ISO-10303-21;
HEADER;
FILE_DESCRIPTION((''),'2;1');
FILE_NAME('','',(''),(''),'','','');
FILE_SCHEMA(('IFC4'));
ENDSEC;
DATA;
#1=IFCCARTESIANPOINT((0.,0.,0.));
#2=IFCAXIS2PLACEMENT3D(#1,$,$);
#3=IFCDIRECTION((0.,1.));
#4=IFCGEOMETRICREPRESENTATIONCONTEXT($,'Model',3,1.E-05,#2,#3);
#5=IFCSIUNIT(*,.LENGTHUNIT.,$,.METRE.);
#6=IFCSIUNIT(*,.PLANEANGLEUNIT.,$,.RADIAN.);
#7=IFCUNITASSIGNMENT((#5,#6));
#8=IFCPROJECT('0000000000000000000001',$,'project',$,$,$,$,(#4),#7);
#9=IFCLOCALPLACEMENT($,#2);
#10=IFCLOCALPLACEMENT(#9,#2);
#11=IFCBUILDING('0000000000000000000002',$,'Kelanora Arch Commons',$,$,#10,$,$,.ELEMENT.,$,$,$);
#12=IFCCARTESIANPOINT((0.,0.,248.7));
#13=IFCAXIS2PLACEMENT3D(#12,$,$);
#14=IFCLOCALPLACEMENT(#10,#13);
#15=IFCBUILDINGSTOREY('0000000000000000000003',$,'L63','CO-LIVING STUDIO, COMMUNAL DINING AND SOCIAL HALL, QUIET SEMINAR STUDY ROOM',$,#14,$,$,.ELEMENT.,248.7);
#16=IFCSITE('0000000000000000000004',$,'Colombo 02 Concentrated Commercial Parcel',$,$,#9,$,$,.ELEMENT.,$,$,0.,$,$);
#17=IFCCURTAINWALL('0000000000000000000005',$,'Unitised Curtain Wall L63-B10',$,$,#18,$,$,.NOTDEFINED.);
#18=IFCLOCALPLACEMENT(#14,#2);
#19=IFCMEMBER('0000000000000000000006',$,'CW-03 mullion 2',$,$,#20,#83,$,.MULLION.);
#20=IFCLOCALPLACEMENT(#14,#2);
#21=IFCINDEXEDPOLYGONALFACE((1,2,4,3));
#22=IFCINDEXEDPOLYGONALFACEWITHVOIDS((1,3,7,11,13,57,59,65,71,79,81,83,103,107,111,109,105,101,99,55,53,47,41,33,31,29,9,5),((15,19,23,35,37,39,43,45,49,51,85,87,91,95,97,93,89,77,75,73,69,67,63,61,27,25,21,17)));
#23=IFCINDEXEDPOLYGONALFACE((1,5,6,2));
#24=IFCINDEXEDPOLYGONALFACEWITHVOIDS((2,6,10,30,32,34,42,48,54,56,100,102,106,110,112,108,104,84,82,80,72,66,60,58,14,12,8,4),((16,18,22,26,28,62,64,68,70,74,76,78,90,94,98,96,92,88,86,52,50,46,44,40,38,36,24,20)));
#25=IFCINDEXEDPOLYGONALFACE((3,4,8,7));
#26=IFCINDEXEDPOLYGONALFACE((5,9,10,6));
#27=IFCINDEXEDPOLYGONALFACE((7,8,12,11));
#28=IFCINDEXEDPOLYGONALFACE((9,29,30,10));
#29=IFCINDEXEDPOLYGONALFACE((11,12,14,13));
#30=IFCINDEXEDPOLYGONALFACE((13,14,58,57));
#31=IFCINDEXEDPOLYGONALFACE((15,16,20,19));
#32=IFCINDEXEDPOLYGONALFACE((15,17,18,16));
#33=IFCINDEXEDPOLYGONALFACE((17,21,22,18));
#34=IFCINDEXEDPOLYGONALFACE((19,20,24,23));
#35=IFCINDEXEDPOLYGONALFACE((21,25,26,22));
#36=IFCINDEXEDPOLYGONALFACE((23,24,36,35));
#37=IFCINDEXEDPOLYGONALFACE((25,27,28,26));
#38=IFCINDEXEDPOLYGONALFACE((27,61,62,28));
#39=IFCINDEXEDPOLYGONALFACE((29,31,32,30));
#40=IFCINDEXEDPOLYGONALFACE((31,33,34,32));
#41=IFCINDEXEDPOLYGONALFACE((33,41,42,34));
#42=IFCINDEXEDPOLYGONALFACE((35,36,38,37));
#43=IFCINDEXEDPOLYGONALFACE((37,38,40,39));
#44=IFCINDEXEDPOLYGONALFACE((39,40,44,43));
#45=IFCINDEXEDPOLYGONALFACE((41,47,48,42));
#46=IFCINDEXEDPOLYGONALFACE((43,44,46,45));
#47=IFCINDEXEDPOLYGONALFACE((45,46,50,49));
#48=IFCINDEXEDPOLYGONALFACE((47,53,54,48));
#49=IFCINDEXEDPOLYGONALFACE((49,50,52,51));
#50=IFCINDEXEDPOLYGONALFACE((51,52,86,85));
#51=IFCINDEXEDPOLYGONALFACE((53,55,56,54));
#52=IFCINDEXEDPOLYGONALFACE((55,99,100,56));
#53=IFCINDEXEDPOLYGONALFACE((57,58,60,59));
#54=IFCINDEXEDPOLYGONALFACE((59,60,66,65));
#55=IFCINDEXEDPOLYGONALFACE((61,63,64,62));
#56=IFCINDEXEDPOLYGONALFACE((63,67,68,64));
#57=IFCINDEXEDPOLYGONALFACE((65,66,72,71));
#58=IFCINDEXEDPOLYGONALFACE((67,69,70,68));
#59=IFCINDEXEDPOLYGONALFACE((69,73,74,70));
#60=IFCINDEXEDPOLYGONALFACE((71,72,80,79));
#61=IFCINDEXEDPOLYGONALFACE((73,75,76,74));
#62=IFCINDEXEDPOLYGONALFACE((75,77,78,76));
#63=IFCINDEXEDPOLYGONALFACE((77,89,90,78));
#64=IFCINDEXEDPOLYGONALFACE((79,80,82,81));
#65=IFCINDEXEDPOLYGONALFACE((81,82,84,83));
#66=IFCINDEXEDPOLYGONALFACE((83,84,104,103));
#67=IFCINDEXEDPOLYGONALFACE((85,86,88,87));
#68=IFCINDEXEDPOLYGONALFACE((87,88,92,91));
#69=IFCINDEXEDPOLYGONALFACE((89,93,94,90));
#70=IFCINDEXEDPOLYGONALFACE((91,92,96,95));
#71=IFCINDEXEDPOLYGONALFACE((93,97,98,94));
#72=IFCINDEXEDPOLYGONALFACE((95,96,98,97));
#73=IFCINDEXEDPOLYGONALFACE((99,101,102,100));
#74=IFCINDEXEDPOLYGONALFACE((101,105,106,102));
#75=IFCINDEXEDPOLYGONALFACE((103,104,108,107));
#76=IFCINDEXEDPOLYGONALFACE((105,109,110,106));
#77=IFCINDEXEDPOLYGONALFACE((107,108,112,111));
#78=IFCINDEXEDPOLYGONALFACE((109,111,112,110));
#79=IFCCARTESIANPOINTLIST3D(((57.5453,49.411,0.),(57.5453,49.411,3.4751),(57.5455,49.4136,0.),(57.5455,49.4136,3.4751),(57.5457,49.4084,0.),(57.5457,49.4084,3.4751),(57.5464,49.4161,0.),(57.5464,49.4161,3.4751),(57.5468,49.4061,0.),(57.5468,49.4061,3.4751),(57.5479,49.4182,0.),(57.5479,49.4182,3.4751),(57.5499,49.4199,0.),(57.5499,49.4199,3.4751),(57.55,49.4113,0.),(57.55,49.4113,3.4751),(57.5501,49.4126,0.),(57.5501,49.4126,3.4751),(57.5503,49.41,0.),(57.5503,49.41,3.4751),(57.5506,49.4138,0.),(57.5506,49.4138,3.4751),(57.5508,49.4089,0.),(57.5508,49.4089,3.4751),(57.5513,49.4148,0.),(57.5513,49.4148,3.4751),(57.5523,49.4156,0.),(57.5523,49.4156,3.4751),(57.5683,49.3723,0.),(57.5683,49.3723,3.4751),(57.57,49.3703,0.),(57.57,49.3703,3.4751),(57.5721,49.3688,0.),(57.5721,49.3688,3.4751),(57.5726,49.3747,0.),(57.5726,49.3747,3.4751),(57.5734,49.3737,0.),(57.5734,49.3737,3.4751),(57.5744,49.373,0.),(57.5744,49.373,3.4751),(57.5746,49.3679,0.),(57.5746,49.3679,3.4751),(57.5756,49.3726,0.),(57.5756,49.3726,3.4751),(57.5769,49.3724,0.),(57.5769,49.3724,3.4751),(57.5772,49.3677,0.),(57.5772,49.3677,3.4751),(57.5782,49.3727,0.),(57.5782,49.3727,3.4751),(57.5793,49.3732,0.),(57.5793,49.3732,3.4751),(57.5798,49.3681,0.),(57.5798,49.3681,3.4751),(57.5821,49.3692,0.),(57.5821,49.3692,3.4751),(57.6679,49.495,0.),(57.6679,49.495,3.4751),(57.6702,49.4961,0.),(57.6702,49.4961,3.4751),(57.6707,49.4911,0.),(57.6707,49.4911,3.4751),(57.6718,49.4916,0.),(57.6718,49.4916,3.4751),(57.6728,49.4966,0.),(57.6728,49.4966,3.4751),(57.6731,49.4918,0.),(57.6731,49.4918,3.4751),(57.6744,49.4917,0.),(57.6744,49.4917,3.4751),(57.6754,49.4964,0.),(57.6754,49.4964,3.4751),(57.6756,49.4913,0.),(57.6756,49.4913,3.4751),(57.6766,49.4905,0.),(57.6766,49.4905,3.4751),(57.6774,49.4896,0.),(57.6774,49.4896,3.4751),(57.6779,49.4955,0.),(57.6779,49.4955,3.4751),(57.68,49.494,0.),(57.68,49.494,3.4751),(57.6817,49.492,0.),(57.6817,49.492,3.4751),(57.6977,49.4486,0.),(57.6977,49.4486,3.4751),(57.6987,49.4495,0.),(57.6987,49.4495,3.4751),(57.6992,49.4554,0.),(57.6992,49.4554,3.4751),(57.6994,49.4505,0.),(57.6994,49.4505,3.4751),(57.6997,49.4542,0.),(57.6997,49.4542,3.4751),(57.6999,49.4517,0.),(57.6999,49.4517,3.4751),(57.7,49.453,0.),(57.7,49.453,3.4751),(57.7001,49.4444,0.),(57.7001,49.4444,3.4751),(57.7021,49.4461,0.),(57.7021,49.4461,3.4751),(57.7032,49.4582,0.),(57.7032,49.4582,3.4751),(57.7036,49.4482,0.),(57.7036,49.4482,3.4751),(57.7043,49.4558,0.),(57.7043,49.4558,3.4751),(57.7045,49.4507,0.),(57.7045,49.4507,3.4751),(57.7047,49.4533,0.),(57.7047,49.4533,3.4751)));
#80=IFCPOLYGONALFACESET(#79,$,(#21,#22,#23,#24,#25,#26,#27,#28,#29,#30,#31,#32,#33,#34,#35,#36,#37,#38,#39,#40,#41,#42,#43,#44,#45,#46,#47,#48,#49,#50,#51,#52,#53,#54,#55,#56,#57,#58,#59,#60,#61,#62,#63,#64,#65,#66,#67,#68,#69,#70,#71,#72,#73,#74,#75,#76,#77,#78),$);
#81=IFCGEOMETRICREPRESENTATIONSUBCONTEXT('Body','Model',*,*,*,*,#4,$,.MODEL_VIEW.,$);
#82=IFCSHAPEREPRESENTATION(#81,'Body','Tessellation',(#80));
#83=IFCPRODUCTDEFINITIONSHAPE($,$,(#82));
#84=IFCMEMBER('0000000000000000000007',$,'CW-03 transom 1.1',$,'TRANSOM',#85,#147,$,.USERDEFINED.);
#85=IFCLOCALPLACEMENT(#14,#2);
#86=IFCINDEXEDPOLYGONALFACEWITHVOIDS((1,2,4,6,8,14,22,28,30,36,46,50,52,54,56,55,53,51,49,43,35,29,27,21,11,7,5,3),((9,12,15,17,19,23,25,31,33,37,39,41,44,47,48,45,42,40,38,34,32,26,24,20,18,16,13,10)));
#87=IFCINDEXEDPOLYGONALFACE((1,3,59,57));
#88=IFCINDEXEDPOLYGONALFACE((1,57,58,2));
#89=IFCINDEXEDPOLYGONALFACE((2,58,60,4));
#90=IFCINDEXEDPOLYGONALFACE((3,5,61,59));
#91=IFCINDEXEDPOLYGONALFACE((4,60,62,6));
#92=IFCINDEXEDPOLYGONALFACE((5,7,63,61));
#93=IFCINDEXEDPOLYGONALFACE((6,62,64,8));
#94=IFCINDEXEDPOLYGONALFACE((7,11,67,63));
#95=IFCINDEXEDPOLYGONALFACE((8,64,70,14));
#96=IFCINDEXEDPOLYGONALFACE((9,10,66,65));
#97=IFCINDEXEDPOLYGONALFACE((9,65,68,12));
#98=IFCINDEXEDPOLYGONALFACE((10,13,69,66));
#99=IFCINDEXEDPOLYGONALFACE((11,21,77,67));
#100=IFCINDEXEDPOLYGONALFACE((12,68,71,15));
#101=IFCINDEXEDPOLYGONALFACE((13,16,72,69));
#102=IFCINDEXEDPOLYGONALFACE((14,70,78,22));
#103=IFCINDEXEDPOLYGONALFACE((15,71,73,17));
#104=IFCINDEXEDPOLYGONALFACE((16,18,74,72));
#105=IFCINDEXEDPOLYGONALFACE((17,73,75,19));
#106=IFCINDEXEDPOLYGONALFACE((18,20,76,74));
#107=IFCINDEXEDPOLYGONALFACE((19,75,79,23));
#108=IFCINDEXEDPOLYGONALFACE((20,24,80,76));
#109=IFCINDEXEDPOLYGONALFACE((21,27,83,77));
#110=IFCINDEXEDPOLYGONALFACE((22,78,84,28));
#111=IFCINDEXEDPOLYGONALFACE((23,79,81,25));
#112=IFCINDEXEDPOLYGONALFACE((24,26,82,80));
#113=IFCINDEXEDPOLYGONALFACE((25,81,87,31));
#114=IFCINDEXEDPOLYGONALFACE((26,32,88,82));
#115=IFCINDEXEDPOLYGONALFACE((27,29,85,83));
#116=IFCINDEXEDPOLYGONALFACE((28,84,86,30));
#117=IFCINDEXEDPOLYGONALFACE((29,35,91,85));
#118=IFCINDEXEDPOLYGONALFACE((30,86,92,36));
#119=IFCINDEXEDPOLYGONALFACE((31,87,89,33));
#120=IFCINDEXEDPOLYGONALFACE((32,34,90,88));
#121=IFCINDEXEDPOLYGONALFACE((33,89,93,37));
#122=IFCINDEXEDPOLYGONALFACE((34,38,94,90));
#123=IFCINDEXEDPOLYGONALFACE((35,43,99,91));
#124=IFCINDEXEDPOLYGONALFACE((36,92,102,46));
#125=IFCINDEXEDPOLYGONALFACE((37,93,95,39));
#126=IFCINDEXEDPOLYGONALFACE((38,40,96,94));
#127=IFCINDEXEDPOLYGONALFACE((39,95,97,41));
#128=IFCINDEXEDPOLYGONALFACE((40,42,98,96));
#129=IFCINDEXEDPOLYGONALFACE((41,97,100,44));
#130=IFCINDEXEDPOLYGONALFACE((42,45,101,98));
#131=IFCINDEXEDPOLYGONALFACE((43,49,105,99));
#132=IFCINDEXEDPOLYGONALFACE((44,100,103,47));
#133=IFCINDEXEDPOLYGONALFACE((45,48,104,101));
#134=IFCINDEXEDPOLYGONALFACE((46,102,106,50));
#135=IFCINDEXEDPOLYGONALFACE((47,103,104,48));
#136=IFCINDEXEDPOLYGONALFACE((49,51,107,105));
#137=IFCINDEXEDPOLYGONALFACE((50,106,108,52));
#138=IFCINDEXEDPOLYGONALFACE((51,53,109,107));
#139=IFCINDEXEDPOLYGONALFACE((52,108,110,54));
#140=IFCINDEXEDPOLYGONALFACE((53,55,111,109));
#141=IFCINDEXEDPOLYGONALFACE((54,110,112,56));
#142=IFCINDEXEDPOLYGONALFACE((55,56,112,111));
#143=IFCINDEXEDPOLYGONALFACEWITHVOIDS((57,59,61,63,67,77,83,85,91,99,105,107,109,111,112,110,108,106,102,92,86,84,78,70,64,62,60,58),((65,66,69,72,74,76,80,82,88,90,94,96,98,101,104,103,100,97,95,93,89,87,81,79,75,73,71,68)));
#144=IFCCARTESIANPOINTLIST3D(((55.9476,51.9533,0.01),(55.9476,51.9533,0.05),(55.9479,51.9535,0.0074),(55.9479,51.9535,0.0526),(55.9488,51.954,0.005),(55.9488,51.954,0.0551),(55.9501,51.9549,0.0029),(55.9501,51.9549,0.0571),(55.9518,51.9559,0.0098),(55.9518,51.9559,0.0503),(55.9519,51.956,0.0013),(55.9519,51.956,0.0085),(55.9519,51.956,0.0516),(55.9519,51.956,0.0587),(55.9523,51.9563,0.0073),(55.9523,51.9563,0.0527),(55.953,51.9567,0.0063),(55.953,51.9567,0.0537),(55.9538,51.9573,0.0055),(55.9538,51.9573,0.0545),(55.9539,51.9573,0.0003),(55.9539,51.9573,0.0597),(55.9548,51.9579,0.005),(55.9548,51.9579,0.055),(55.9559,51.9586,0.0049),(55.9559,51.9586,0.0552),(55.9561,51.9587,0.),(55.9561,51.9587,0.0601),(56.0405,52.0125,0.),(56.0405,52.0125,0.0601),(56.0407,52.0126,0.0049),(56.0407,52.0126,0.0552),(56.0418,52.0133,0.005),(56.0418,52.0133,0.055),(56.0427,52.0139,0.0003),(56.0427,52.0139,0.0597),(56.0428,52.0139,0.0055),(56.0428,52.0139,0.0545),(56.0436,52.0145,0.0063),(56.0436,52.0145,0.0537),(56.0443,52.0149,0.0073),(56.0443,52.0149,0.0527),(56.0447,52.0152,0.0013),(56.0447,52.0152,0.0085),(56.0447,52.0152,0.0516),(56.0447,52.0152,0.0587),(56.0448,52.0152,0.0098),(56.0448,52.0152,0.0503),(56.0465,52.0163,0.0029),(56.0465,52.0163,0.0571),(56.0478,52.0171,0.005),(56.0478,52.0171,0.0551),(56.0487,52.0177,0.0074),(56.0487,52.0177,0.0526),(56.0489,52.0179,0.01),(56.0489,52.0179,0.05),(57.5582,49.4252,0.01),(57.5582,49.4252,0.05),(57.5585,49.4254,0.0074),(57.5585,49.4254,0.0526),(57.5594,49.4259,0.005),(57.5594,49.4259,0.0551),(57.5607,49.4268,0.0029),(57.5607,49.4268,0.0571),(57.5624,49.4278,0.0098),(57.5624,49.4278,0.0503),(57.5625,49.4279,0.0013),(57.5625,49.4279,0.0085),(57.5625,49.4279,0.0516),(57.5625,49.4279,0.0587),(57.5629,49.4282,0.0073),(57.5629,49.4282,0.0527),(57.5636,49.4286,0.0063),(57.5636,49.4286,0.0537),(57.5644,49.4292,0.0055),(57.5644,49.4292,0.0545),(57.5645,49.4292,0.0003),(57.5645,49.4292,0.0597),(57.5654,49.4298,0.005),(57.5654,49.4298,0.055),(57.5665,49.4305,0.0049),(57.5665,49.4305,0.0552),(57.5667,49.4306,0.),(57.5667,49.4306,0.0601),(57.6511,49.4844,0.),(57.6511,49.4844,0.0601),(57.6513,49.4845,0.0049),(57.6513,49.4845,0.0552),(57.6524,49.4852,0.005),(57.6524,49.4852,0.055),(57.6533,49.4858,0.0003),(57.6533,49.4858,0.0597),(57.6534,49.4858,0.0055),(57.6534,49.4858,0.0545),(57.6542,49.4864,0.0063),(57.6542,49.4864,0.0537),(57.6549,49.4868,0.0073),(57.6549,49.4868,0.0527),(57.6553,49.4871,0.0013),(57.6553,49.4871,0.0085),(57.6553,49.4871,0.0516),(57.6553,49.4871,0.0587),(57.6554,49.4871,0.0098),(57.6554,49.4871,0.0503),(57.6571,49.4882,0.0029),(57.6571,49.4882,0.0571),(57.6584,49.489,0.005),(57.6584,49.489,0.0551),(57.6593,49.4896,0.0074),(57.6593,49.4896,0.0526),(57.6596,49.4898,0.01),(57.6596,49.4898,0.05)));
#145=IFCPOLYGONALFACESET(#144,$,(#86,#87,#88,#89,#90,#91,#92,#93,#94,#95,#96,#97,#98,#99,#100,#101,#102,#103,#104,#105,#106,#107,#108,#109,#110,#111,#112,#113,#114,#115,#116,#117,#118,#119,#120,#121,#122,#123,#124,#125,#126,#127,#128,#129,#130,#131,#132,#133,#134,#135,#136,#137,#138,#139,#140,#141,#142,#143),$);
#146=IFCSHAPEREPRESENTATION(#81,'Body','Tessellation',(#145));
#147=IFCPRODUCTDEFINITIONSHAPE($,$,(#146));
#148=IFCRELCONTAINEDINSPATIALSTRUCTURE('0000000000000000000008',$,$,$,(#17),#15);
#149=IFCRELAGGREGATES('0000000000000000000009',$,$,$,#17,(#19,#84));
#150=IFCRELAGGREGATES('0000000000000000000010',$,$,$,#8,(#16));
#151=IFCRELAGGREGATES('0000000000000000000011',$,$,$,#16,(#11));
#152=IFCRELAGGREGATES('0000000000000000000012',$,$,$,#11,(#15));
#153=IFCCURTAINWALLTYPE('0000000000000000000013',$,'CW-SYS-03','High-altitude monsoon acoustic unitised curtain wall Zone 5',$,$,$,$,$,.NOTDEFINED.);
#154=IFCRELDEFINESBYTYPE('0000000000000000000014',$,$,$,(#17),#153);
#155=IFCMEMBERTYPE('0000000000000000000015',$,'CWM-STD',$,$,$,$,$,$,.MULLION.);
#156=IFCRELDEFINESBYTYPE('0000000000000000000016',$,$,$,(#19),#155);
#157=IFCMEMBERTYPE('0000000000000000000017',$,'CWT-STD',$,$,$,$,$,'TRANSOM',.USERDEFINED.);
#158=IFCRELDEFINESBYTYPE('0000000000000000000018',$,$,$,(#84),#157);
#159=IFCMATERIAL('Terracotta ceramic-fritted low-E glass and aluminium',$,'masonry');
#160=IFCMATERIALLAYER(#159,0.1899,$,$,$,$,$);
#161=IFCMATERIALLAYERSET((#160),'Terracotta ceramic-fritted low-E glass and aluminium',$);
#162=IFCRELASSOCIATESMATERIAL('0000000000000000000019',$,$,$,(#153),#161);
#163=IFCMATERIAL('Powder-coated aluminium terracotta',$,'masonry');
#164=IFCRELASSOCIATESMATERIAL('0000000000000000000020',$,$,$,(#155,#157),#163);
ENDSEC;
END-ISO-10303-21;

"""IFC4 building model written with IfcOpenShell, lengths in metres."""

from ifc_helpers import new_model, si_unit, direction, frame, origin, origin_2d, place, context, subcontext, project, spatial, hollow_rectangle, extrude, material, layer, layer_set, material_profile, profile_set, type_object, element, aggregate, save


model = new_model("IFC4")

# Units and contexts
model_context = context("Model", 3, precision=1e-05, world=origin(), true_north=direction((0.0, 1.0)))
body_context = subcontext(model_context, "Body", "Model", "MODEL_VIEW")
ifc_project = project(units=[si_unit("LENGTHUNIT", "METRE"), si_unit("PLANEANGLEUNIT", "RADIAN")], contexts=[model_context])

# Site, building, storey
site_placement = place(None, origin())
site = spatial("IfcSite", under=ifc_project, at=site_placement, Name="Colombo 02 Concentrated Commercial Parcel", CompositionType="ELEMENT", RefElevation=0.0)
building_placement = place(site_placement, origin())
building = spatial("IfcBuilding", under=site, at=building_placement, Name="Kelanora Arch Commons", CompositionType="ELEMENT")
storey_placement = place(building_placement, frame((0.0, 0.0, 248.7)))
storey = spatial("IfcBuildingStorey", under=building, at=storey_placement, Name="L63", Description="CO-LIVING STUDIO, COMMUNAL DINING AND SOCIAL HALL, QUIET SEMINAR STUDY ROOM", CompositionType="ELEMENT", Elevation=248.7)

# Shared definitions
ifc_material_1 = material(Name="Terracotta ceramic-fritted low-E glass and aluminium", Category="masonry")
ifc_layer_1 = layer(ifc_material_1, 0.1899)
ifc_layer_set_1 = layer_set([ifc_layer_1], Name="Terracotta ceramic-fritted low-E glass and aluminium")
curtain_wall_type = type_object("IfcCurtainWallType", Name="CW-SYS-03", Description="High-altitude monsoon acoustic unitised curtain wall Zone 5", PredefinedType="NOTDEFINED", material=ifc_layer_set_1)
ifc_material_2 = material(Name="Powder-coated aluminium terracotta", Category="masonry")
ifc_material_profile_1 = material_profile(ifc_material_2, hollow_rectangle(XDim=0.1599, YDim=0.0601, WallThickness=0.0049, InnerFilletRadius=0.0049, OuterFilletRadius=0.01, at=origin_2d()), Name="CWM160x60")
ifc_profile_set_1 = profile_set([ifc_material_profile_1], Name="Powder-coated aluminium terracotta")
member_type_1 = type_object("IfcMemberType", Name="CWM-STD", PredefinedType="MULLION", material=ifc_profile_set_1)

# Curtain wall, members
curtain_wall_1_placement = place(storey_placement, origin())
curtain_wall_1 = element("IfcCurtainWall", 1, at=curtain_wall_1_placement, inside=storey, type_object=curtain_wall_type, Name="Unitised Curtain Wall L63-B10", PredefinedType="NOTDEFINED")
member_1_placement = place(storey_placement, frame((57.625, 49.4321, 0.0), z_axis=(0.0, 0.0, 1.0), x_axis=(0.843391, 0.5373, 0.0)))
member_1 = element("IfcMember", 2, at=member_1_placement, type_object=member_type_1, Name="CW-03 mullion 2", PredefinedType="MULLION", context=body_context, shape_type="SweptSolid", body=[
    extrude(hollow_rectangle(XDim=0.1599, YDim=0.0601, WallThickness=0.0049, InnerFilletRadius=0.0049, OuterFilletRadius=0.01, at=origin_2d()), origin(), (0.0, 0.0, 1.0), 3.4751),
])
ifc_material_profile_2 = material_profile(ifc_material_2, hollow_rectangle(XDim=0.1201, YDim=0.0601, WallThickness=0.0049, InnerFilletRadius=0.0049, OuterFilletRadius=0.01, at=origin_2d()), Name="CWT120x60")
ifc_profile_set_2 = profile_set([ifc_material_profile_2], Name="Powder-coated aluminium terracotta")
member_type_2 = type_object("IfcMemberType", Name="CWT-STD", ElementType="TRANSOM", PredefinedType="USERDEFINED", material=ifc_profile_set_2)
member_2_placement = place(storey_placement, frame((55.9983, 51.9856, 0.03), z_axis=(0.537308, -0.843386, 0.0), x_axis=(0.843386, 0.537308, 0.0)))
member_2 = element("IfcMember", 3, at=member_2_placement, type_object=member_type_2, Name="CW-03 transom 1.1", ObjectType="TRANSOM", PredefinedType="USERDEFINED", context=body_context, shape_type="SweptSolid", body=[
    extrude(hollow_rectangle(XDim=0.1201, YDim=0.0601, WallThickness=0.0049, InnerFilletRadius=0.0049, OuterFilletRadius=0.01, at=origin_2d()), origin(), (0.0, 0.0, 1.0), 2.9976),
])

aggregate(curtain_wall_1, [member_1, member_2])

save(model, "model.ifc")
